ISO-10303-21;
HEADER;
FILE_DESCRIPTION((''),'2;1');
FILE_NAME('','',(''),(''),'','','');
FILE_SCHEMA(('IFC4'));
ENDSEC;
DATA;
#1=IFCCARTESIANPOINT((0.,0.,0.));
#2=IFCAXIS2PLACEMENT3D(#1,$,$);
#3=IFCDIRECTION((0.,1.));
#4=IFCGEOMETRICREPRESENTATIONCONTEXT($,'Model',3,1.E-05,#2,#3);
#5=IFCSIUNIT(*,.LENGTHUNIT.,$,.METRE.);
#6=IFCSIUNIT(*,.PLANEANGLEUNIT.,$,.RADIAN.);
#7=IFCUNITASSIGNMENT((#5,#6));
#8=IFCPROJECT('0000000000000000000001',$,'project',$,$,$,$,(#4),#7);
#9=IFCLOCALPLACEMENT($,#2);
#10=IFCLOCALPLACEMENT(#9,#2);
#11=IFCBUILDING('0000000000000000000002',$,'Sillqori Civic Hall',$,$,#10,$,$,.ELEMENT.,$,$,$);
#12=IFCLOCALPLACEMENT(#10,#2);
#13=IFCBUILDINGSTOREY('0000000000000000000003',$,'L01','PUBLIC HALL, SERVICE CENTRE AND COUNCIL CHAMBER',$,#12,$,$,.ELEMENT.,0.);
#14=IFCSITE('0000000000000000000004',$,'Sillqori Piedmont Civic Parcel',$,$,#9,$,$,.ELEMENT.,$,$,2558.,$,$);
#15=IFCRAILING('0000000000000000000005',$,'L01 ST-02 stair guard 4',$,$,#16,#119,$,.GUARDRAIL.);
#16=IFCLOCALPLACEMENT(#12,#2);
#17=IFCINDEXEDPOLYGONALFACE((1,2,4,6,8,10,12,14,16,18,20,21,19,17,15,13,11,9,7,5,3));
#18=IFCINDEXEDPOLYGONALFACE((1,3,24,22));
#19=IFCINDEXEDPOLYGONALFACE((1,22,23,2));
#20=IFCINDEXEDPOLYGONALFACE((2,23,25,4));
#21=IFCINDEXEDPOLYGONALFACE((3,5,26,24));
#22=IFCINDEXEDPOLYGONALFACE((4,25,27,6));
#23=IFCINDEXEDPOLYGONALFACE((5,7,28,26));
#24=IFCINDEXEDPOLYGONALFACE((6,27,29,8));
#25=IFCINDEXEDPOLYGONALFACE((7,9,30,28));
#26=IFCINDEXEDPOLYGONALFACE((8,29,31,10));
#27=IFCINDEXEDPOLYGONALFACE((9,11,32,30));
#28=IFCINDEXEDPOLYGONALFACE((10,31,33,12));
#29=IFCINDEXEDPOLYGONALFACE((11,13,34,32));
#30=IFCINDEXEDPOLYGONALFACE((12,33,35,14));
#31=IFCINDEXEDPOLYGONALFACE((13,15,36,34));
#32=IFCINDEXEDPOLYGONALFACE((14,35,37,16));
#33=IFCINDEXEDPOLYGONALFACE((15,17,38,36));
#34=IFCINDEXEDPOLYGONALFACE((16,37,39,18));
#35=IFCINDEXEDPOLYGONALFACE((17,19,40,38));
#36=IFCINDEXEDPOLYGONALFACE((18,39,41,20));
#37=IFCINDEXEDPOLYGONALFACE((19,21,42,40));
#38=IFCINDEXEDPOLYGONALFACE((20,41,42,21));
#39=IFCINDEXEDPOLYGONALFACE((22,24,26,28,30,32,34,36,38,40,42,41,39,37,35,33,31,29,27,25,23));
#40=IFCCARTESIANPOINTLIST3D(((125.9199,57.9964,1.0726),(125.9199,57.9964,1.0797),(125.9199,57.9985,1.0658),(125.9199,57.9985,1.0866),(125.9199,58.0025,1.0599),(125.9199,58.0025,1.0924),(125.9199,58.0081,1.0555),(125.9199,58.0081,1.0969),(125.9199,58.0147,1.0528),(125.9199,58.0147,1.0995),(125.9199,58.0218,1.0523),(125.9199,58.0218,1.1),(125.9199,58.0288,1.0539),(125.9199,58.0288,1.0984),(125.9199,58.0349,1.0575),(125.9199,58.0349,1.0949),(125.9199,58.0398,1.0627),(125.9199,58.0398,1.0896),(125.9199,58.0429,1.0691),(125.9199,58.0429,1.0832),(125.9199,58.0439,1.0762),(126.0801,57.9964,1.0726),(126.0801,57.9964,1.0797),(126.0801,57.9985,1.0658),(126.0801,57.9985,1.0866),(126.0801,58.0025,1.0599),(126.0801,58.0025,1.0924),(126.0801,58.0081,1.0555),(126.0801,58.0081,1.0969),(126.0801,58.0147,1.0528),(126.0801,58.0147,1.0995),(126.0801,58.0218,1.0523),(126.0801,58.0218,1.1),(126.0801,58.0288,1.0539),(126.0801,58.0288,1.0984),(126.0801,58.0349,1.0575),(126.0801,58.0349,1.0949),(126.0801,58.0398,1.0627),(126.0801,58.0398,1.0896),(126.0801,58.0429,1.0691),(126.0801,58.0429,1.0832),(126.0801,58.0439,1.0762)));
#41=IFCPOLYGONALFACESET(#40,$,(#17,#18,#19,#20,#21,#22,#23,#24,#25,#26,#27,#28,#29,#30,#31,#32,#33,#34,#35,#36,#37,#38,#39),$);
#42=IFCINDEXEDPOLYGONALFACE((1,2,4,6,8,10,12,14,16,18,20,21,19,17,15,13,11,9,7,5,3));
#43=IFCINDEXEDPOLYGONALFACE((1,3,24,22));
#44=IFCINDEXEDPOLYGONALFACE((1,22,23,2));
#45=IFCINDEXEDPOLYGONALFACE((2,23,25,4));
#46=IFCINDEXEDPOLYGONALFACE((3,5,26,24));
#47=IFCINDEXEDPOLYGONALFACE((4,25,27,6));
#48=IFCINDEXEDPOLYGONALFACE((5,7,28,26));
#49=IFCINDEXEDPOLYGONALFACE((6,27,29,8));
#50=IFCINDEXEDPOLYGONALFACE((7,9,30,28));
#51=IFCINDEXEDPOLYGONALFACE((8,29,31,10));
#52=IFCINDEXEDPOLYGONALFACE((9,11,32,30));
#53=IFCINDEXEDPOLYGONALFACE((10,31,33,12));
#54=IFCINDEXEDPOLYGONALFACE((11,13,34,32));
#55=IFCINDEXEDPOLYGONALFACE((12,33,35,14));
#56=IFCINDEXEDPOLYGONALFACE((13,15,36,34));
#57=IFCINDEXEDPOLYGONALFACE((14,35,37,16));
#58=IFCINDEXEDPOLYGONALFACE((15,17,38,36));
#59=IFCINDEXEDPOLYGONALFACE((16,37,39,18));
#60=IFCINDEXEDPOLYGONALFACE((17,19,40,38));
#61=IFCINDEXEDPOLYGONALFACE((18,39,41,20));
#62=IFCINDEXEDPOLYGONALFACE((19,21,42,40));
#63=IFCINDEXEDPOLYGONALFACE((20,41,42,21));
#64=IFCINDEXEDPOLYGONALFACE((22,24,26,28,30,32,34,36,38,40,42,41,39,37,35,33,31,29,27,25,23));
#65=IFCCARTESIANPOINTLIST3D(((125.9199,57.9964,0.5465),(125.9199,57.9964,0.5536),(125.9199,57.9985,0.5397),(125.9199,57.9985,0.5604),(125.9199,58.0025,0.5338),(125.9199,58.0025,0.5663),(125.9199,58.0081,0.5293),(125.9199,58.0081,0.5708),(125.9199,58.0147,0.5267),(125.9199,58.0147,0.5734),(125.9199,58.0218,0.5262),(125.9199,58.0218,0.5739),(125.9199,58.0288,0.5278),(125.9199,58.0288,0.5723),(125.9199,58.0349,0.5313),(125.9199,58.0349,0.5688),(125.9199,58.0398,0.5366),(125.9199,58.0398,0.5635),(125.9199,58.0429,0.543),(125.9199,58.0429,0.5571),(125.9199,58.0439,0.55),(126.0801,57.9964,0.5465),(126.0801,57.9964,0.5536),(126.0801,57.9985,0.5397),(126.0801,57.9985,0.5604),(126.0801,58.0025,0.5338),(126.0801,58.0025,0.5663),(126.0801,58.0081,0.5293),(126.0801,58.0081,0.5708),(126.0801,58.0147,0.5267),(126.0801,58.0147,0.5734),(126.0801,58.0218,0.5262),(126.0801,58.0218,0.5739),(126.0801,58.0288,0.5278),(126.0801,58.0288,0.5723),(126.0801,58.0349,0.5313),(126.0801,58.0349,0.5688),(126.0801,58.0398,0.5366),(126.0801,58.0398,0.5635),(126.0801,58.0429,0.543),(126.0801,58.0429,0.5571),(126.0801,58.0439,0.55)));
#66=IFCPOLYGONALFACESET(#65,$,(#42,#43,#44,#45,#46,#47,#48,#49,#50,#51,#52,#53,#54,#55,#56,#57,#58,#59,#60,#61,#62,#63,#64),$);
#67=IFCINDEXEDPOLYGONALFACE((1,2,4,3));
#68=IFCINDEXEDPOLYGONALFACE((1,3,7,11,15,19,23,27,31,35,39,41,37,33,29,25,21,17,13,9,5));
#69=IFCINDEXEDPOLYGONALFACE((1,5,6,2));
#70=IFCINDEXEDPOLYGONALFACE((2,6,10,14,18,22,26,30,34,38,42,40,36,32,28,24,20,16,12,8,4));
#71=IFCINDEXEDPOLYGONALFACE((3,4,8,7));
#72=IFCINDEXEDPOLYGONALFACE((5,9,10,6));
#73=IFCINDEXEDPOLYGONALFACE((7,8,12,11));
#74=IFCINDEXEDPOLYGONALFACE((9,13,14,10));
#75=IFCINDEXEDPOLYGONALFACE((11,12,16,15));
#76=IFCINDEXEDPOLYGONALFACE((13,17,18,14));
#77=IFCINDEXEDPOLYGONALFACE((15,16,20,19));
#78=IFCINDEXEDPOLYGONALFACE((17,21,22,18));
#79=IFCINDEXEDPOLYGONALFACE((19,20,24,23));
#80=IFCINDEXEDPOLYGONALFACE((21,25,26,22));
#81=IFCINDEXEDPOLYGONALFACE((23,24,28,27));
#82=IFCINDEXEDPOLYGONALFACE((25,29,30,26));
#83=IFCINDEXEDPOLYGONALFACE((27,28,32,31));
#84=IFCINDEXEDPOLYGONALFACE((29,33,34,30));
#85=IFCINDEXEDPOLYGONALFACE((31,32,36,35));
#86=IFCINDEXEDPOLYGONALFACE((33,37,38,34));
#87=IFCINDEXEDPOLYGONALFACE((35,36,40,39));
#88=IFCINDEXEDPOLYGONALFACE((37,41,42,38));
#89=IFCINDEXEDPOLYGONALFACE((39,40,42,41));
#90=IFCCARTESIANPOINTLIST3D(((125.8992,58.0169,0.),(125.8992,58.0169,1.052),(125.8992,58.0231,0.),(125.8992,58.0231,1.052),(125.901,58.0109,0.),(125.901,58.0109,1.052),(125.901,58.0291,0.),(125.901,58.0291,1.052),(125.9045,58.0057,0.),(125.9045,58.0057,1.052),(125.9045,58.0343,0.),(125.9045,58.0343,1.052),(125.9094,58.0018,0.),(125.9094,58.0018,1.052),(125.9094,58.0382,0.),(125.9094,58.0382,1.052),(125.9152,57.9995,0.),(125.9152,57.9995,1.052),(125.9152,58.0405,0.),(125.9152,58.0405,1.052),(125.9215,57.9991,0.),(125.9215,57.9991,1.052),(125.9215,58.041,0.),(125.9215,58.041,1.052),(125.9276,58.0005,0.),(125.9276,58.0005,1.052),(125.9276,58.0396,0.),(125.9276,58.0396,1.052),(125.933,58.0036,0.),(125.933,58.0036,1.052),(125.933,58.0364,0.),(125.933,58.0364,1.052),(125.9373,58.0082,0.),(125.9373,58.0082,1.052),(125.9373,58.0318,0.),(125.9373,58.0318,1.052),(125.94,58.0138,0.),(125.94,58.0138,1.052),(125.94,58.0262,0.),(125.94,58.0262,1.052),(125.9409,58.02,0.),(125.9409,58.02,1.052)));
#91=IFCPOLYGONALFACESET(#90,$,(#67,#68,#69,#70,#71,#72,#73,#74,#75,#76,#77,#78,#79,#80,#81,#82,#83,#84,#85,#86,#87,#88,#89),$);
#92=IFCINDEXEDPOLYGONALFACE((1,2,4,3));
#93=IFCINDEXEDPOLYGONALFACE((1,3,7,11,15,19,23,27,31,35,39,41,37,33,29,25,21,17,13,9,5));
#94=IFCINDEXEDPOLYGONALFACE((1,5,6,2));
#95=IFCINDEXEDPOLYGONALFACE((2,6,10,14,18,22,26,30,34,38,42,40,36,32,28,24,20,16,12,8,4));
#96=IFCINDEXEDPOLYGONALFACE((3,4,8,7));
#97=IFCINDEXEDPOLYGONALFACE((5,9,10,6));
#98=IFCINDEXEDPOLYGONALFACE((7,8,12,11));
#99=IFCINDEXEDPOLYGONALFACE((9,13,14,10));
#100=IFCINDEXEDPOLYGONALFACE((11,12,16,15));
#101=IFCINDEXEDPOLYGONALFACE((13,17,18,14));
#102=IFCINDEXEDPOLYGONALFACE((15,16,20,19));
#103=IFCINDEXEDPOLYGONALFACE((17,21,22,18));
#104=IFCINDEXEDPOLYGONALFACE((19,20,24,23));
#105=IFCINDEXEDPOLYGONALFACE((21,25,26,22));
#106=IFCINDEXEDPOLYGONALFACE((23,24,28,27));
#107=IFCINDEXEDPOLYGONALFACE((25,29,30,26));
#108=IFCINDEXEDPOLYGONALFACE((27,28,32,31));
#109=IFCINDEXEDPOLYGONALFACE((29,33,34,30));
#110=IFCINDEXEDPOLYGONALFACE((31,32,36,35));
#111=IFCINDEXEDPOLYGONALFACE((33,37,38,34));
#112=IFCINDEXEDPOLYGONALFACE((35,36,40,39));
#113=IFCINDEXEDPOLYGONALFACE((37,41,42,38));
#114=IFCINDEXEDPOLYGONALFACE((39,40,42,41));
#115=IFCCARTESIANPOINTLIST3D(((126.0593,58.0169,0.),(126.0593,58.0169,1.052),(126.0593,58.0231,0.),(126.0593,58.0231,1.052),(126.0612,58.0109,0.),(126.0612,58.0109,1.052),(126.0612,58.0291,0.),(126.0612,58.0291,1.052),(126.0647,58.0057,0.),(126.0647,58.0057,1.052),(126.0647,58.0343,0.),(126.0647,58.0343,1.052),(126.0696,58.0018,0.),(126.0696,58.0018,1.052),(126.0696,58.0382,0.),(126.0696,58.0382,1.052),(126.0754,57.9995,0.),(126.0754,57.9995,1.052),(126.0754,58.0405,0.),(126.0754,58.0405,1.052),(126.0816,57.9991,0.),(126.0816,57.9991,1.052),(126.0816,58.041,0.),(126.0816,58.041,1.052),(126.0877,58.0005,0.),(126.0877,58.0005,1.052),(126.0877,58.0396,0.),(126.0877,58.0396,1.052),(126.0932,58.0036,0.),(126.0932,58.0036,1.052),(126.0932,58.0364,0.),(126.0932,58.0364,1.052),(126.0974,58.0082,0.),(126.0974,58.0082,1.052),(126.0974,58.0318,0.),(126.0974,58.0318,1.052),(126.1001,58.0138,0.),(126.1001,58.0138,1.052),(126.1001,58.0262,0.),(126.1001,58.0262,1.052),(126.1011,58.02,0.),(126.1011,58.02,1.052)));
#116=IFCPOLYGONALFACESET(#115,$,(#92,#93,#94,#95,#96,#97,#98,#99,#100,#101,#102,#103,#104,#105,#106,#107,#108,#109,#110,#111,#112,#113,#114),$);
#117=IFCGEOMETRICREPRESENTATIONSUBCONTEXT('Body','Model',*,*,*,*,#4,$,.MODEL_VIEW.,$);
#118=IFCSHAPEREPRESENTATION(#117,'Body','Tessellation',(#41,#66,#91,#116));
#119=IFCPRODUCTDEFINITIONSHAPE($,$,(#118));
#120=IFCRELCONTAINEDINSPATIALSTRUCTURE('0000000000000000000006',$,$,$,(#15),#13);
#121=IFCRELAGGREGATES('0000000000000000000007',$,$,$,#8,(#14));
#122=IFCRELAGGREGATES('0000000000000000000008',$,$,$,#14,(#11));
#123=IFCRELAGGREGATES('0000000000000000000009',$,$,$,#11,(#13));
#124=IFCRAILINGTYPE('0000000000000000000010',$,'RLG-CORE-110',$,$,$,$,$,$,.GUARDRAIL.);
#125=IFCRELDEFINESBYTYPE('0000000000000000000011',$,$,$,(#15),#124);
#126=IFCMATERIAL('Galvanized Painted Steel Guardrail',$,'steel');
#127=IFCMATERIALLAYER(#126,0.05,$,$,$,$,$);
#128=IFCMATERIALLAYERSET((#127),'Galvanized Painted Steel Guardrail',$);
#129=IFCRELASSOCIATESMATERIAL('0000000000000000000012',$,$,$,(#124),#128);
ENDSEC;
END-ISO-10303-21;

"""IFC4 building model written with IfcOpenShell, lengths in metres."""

from ifc_helpers import new_model, si_unit, direction, frame, origin, origin_2d, place, context, subcontext, project, spatial, circle, extrude, material, layer, layer_set, type_object, element, save


model = new_model("IFC4")

# Units and contexts
model_context = context("Model", 3, precision=1e-05, world=origin(), true_north=direction((0.0, 1.0)))
body_context = subcontext(model_context, "Body", "Model", "MODEL_VIEW")
ifc_project = project(units=[si_unit("LENGTHUNIT", "METRE"), si_unit("PLANEANGLEUNIT", "RADIAN")], contexts=[model_context])

# Site, building, storey
site_placement = place(None, origin())
site = spatial("IfcSite", under=ifc_project, at=site_placement, Name="Sillqori Piedmont Civic Parcel", CompositionType="ELEMENT", RefElevation=2558.0)
building_placement = place(site_placement, origin())
building = spatial("IfcBuilding", under=site, at=building_placement, Name="Sillqori Civic Hall", CompositionType="ELEMENT")
storey_placement = place(building_placement, origin())
storey = spatial("IfcBuildingStorey", under=building, at=storey_placement, Name="L01", Description="PUBLIC HALL, SERVICE CENTRE AND COUNCIL CHAMBER", CompositionType="ELEMENT", Elevation=0.0)

# Railing
ifc_material_1 = material(Name="Galvanized Painted Steel Guardrail", Category="steel")
ifc_layer_1 = layer(ifc_material_1, 0.05)
ifc_layer_set_1 = layer_set([ifc_layer_1], Name="Galvanized Painted Steel Guardrail")
railing_type = type_object("IfcRailingType", Name="RLG-CORE-110", PredefinedType="GUARDRAIL", material=ifc_layer_set_1)
railing_placement = place(storey_placement, frame((125.9199, 58.02, 0.0)))
element("IfcRailing", 1, at=railing_placement, inside=storey, type_object=railing_type, Name="L01 ST-02 stair guard 4", PredefinedType="GUARDRAIL", context=body_context, shape_type="SweptSolid", body=[
    extrude(circle(Radius=0.0239, at=origin_2d()), frame((0.0, 0.0, 1.0762), z_axis=(1.0, 0.0, 0.0), x_axis=(0.0, 1.0, 0.0)), (0.0, 0.0, 1.0), 0.1602),
    extrude(circle(Radius=0.0239, at=origin_2d()), frame((0.0, 0.0, 0.55), z_axis=(1.0, 0.0, 0.0), x_axis=(0.0, 1.0, 0.0)), (0.0, 0.0, 1.0), 0.1602),
    extrude(circle(Radius=0.021, at=origin_2d()), origin(), (0.0, 0.0, 1.0), 1.052),
    extrude(circle(Radius=0.021, at=origin_2d()), frame((0.1602, 0.0, 0.0)), (0.0, 0.0, 1.0), 1.052),
])

save(model, "model.ifc")
